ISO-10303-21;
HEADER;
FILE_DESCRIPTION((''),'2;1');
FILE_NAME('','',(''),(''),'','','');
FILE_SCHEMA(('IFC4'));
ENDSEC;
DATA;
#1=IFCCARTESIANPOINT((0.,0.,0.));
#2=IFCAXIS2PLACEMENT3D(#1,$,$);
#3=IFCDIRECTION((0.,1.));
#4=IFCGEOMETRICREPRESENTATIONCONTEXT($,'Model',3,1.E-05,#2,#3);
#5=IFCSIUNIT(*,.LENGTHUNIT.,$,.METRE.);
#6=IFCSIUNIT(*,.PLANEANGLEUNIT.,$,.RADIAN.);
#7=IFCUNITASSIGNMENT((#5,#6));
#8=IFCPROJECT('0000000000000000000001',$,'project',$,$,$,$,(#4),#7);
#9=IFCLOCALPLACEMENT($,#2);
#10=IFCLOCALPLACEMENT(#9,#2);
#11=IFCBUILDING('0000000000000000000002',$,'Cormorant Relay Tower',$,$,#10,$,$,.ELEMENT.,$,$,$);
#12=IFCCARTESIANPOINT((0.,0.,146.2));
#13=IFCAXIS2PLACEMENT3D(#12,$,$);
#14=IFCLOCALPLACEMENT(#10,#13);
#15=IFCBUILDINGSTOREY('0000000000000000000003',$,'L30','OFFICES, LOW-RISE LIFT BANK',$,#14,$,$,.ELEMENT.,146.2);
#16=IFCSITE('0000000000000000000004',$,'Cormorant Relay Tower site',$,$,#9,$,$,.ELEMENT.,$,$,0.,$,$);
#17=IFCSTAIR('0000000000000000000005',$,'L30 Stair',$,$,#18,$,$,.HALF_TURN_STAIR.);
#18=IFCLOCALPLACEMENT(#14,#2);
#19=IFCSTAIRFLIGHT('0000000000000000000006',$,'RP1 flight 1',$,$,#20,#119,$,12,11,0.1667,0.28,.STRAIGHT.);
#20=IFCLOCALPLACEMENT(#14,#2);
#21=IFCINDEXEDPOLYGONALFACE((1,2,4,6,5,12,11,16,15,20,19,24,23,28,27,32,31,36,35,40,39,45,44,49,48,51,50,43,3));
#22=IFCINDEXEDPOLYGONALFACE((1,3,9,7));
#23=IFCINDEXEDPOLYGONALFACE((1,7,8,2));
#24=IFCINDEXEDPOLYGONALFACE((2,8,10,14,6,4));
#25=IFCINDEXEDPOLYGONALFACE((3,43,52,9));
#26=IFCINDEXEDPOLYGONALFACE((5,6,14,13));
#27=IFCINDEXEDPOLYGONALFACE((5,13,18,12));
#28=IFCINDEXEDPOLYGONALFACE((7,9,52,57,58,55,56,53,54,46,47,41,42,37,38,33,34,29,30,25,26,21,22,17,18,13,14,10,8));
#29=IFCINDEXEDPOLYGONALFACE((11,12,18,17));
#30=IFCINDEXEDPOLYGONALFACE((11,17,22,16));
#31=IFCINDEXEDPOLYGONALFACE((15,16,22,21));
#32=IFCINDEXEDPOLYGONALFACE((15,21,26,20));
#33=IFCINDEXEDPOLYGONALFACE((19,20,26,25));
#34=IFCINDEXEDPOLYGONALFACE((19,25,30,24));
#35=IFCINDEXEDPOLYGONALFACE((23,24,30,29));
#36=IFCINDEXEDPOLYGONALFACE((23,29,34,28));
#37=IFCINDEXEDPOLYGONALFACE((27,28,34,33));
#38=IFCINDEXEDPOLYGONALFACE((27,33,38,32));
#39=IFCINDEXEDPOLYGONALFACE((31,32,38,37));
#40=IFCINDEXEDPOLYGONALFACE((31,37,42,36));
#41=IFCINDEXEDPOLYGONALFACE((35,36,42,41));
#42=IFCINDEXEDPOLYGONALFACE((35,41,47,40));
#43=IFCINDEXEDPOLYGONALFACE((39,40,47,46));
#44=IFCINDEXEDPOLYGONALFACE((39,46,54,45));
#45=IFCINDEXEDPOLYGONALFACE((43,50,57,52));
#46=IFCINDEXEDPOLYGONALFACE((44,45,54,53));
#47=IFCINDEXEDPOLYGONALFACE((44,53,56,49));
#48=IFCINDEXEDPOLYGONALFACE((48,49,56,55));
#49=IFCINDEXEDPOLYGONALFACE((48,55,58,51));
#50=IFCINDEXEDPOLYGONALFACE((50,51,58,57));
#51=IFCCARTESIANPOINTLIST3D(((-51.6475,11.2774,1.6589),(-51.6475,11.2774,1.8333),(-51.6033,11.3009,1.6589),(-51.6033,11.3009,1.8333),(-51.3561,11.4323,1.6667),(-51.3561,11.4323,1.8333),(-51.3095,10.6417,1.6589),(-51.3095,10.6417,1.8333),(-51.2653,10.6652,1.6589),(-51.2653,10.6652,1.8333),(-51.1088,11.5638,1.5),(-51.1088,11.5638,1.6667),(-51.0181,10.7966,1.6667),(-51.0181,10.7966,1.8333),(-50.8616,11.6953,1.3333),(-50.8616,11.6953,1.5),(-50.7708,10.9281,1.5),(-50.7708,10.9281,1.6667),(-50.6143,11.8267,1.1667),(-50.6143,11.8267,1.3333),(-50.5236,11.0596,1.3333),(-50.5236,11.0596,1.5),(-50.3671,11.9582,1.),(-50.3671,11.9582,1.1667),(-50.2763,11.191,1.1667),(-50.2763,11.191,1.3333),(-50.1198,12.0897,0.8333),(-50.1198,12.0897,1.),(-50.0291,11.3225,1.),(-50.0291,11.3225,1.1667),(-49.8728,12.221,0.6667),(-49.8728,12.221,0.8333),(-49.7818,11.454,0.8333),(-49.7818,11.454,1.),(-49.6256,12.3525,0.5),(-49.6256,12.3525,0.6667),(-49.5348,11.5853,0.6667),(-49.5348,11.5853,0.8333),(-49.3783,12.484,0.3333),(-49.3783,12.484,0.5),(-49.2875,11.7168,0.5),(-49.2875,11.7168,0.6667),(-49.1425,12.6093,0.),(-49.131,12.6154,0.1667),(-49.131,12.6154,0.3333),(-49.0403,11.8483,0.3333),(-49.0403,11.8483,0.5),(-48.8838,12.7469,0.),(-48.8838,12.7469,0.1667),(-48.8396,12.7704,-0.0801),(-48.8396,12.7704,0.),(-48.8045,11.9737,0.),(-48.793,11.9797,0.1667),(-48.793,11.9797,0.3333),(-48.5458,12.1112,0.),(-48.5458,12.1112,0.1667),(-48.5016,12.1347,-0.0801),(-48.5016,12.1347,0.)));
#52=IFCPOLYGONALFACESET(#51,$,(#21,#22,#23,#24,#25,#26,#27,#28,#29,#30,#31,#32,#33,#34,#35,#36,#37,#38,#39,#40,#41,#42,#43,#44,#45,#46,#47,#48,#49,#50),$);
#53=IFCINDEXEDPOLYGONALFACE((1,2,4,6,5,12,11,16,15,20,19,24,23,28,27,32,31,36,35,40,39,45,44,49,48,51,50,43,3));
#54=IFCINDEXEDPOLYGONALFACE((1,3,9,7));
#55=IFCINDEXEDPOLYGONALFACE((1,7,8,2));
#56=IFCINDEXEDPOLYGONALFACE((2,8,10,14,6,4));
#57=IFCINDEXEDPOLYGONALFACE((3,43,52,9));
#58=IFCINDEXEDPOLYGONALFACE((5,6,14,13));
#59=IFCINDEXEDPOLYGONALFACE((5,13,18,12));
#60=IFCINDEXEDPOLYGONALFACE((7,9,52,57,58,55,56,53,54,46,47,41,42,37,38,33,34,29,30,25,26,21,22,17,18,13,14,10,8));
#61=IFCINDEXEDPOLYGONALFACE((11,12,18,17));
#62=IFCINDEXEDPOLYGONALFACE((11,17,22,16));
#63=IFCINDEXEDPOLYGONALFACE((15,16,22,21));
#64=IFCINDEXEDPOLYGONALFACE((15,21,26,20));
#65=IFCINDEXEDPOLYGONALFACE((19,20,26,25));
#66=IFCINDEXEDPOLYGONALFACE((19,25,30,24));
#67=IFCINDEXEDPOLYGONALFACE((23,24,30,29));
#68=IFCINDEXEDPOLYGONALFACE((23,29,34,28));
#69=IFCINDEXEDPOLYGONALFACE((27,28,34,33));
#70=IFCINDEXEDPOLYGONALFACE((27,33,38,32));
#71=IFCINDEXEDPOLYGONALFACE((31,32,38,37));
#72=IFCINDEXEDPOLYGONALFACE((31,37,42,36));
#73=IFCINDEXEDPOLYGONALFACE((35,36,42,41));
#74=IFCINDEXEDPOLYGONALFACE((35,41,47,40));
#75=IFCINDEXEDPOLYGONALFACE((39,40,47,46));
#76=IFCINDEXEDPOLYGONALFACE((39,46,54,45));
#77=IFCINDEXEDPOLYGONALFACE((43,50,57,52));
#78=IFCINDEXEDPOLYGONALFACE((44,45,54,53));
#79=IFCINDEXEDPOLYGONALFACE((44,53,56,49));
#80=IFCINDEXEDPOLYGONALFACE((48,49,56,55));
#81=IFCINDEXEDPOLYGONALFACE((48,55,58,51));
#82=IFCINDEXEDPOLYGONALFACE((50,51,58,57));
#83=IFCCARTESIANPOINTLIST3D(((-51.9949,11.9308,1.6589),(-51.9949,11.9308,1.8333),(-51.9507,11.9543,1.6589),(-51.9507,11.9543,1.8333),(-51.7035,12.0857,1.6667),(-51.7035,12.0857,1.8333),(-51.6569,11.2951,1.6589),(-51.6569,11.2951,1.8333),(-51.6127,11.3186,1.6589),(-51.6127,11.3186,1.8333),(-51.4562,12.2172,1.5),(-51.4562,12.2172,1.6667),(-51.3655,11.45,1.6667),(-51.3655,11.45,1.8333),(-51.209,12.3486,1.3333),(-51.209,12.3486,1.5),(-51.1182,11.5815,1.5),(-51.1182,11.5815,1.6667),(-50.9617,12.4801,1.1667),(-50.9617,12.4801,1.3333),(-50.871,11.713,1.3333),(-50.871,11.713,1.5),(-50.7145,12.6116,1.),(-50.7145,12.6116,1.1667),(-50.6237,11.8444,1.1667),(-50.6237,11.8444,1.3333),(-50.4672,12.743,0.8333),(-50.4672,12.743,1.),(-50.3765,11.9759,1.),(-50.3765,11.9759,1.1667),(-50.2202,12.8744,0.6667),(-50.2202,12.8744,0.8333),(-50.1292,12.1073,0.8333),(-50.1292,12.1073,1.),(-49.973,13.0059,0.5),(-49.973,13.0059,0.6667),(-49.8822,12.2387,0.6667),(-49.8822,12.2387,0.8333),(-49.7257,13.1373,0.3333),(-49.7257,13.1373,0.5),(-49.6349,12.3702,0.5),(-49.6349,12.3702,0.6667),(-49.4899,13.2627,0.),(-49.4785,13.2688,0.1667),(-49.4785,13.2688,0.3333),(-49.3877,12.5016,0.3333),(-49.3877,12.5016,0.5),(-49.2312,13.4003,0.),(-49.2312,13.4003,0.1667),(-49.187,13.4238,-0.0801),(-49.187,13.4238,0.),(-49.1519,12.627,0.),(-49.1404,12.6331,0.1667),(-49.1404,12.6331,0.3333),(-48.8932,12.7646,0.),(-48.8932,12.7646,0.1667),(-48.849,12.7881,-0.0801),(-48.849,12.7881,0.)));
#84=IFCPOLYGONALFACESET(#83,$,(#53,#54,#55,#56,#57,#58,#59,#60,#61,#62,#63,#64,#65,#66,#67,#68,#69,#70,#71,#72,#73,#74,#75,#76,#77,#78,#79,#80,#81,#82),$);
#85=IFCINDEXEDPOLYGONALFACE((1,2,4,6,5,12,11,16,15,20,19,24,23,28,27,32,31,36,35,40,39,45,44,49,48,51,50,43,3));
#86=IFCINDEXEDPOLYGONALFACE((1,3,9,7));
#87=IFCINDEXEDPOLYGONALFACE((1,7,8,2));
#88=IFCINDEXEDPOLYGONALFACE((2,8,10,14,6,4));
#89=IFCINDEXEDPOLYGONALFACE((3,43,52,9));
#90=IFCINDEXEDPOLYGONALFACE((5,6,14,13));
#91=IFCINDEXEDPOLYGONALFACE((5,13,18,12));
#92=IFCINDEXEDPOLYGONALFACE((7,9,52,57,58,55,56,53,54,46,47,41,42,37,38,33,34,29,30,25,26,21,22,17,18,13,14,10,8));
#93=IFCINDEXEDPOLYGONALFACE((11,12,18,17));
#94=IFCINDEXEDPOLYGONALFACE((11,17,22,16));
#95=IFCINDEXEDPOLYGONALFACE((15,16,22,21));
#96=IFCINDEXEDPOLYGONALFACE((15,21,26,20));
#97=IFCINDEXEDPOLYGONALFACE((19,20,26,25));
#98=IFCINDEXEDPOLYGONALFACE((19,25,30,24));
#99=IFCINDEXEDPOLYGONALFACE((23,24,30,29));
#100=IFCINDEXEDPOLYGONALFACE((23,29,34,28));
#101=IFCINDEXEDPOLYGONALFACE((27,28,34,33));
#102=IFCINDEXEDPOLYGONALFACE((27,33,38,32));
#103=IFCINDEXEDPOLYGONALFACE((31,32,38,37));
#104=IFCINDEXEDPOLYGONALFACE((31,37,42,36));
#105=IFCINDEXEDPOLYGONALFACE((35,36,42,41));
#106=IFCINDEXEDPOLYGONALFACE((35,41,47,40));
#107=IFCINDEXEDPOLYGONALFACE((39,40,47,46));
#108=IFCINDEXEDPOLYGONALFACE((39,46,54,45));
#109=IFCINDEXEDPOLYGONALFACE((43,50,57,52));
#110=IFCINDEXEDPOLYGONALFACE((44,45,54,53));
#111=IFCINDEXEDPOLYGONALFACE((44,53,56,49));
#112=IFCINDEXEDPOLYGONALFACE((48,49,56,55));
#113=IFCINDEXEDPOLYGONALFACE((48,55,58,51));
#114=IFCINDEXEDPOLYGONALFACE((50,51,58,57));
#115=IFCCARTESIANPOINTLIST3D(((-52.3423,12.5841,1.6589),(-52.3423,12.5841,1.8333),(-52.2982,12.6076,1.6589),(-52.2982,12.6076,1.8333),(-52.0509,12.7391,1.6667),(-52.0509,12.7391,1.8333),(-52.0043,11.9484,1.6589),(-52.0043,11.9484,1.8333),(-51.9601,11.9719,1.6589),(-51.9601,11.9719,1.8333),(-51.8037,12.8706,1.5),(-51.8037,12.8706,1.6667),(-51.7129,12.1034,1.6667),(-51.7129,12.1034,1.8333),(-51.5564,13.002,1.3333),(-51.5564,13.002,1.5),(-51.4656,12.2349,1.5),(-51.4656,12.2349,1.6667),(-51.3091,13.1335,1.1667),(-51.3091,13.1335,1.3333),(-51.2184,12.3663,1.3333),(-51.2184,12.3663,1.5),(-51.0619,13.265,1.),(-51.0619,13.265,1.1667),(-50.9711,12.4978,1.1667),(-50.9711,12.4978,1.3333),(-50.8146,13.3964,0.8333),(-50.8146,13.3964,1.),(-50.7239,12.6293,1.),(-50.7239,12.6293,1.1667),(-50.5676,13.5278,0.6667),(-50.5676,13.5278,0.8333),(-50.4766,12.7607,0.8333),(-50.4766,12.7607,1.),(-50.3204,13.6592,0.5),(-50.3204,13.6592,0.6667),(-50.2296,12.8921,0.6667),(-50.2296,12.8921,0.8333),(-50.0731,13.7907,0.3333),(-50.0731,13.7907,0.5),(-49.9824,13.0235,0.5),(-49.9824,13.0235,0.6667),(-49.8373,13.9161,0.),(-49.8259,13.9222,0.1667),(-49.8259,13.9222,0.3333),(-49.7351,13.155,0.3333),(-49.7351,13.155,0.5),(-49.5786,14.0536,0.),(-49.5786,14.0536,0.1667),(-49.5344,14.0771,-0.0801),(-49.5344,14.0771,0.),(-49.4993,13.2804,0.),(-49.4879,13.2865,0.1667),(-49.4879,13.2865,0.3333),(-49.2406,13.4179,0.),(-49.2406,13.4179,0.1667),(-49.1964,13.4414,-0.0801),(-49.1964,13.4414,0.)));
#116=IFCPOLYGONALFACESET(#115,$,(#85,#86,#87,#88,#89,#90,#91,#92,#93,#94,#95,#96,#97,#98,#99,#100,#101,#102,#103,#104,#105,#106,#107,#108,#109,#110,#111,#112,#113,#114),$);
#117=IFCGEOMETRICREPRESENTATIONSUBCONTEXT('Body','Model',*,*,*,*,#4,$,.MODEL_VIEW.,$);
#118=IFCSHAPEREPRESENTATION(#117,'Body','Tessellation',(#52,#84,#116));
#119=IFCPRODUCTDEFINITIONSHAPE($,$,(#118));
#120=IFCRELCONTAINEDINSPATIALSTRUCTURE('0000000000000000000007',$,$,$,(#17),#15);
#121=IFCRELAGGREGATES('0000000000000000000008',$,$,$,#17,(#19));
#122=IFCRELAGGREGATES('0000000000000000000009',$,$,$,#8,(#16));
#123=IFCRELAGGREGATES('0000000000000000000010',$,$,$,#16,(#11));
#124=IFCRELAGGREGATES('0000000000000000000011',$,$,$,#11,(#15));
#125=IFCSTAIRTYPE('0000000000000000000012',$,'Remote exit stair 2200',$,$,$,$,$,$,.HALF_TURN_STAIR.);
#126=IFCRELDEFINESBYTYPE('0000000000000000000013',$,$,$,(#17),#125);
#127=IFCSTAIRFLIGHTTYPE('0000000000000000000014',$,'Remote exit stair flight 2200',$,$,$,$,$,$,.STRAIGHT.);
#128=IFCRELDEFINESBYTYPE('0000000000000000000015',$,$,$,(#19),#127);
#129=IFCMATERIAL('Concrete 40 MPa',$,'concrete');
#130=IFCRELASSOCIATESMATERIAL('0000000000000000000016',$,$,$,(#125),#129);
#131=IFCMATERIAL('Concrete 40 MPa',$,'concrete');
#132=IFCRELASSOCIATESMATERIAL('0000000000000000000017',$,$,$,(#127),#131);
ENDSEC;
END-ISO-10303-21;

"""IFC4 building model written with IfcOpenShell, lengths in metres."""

from ifc_helpers import new_model, si_unit, direction, frame, origin, place, context, subcontext, project, spatial, polyline, outline, extrude, material, type_object, element, aggregate, save


model = new_model("IFC4")

# Units and contexts
model_context = context("Model", 3, precision=1e-05, world=origin(), true_north=direction((0.0, 1.0)))
body_context = subcontext(model_context, "Body", "Model", "MODEL_VIEW")
ifc_project = project(units=[si_unit("LENGTHUNIT", "METRE"), si_unit("PLANEANGLEUNIT", "RADIAN")], contexts=[model_context])

# Site, building, storey
site_placement = place(None, origin())
site = spatial("IfcSite", under=ifc_project, at=site_placement, Name="Cormorant Relay Tower site", CompositionType="ELEMENT", RefElevation=0.0)
building_placement = place(site_placement, origin())
building = spatial("IfcBuilding", under=site, at=building_placement, Name="Cormorant Relay Tower", CompositionType="ELEMENT")
storey_placement = place(building_placement, frame((0.0, 0.0, 146.2)))
storey = spatial("IfcBuildingStorey", under=building, at=storey_placement, Name="L30", Description="OFFICES, LOW-RISE LIFT BANK", CompositionType="ELEMENT", Elevation=146.2)

# Stair, stair flight
ifc_material_1 = material(Name="Concrete 40 MPa", Category="concrete")
stair_type = type_object("IfcStairType", Name="Remote exit stair 2200", PredefinedType="HALF_TURN_STAIR", material=ifc_material_1)
stair_placement = place(storey_placement, origin())
stair = element("IfcStair", 1, at=stair_placement, inside=storey, type_object=stair_type, Name="L30 Stair", PredefinedType="HALF_TURN_STAIR")
ifc_material_2 = material(Name="Concrete 40 MPa", Category="concrete")
stair_flight_type = type_object("IfcStairFlightType", Name="Remote exit stair flight 2200", PredefinedType="STRAIGHT", material=ifc_material_2)
stair_flight_1_placement = place(storey_placement, frame((-49.0623, 13.0825, 0.0), z_axis=(0.0, 0.0, 1.0), x_axis=(-0.882948, -0.469472, 0.0)))
stair_flight_1 = element("IfcStairFlight", 2, at=stair_flight_1_placement, type_object=stair_flight_type, Name="RP1 flight 1", NumberOfRisers=12, NumberOfTreads=11, PredefinedType="STRAIGHT", RiserHeight=0.1667, TreadLength=0.28, context=body_context, shape_type="SweptSolid", body=[
    extrude(outline(polyline([(-0.05, -0.0801), (-0.05, 0.0), (0.0, 0.0), (0.0, 0.1667), (0.28, 0.1667), (0.28, 0.3333), (0.5601, 0.3333), (0.5601, 0.5), (0.8401, 0.5), (0.8401, 0.6667), (1.1201, 0.6667), (1.1201, 0.8333), (1.3999, 0.8333), (1.3999, 1.0), (1.6799, 1.0), (1.6799, 1.1667), (1.96, 1.1667), (1.96, 1.3333), (2.24, 1.3333), (2.24, 1.5), (2.52, 1.5), (2.52, 1.6667), (2.8, 1.6667), (2.8, 1.8333), (3.0801, 1.8333), (3.1301, 1.8333), (3.1301, 1.6589), (3.0801, 1.6589), (0.293, 0.0), (-0.05, -0.0801)])), frame((0.0, 1.1001, 0.0), z_axis=(0.0, -1.0, 0.0), x_axis=(1.0, 0.0, 0.0)), (0.0, 0.0, 1.0), 0.72),
    extrude(outline(polyline([(-0.05, -0.0801), (-0.05, 0.0), (0.0, 0.0), (0.0, 0.1667), (0.28, 0.1667), (0.28, 0.3333), (0.5601, 0.3333), (0.5601, 0.5), (0.8401, 0.5), (0.8401, 0.6667), (1.1201, 0.6667), (1.1201, 0.8333), (1.3999, 0.8333), (1.3999, 1.0), (1.6799, 1.0), (1.6799, 1.1667), (1.96, 1.1667), (1.96, 1.3333), (2.24, 1.3333), (2.24, 1.5), (2.52, 1.5), (2.52, 1.6667), (2.8, 1.6667), (2.8, 1.8333), (3.0801, 1.8333), (3.1301, 1.8333), (3.1301, 1.6589), (3.0801, 1.6589), (0.293, 0.0), (-0.05, -0.0801)])), frame((0.0, 0.3601, 0.0), z_axis=(0.0, -1.0, 0.0), x_axis=(1.0, 0.0, 0.0)), (0.0, 0.0, 1.0), 0.72),
    extrude(outline(polyline([(-0.05, -0.0801), (-0.05, 0.0), (0.0, 0.0), (0.0, 0.1667), (0.28, 0.1667), (0.28, 0.3333), (0.5601, 0.3333), (0.5601, 0.5), (0.8401, 0.5), (0.8401, 0.6667), (1.1201, 0.6667), (1.1201, 0.8333), (1.3999, 0.8333), (1.3999, 1.0), (1.6799, 1.0), (1.6799, 1.1667), (1.96, 1.1667), (1.96, 1.3333), (2.24, 1.3333), (2.24, 1.5), (2.52, 1.5), (2.52, 1.6667), (2.8, 1.6667), (2.8, 1.8333), (3.0801, 1.8333), (3.1301, 1.8333), (3.1301, 1.6589), (3.0801, 1.6589), (0.293, 0.0), (-0.05, -0.0801)])), frame((0.0, -0.3799, 0.0), z_axis=(0.0, -1.0, 0.0), x_axis=(1.0, 0.0, 0.0)), (0.0, 0.0, 1.0), 0.72),
])
aggregate(stair, [stair_flight_1])

save(model, "model.ifc")
